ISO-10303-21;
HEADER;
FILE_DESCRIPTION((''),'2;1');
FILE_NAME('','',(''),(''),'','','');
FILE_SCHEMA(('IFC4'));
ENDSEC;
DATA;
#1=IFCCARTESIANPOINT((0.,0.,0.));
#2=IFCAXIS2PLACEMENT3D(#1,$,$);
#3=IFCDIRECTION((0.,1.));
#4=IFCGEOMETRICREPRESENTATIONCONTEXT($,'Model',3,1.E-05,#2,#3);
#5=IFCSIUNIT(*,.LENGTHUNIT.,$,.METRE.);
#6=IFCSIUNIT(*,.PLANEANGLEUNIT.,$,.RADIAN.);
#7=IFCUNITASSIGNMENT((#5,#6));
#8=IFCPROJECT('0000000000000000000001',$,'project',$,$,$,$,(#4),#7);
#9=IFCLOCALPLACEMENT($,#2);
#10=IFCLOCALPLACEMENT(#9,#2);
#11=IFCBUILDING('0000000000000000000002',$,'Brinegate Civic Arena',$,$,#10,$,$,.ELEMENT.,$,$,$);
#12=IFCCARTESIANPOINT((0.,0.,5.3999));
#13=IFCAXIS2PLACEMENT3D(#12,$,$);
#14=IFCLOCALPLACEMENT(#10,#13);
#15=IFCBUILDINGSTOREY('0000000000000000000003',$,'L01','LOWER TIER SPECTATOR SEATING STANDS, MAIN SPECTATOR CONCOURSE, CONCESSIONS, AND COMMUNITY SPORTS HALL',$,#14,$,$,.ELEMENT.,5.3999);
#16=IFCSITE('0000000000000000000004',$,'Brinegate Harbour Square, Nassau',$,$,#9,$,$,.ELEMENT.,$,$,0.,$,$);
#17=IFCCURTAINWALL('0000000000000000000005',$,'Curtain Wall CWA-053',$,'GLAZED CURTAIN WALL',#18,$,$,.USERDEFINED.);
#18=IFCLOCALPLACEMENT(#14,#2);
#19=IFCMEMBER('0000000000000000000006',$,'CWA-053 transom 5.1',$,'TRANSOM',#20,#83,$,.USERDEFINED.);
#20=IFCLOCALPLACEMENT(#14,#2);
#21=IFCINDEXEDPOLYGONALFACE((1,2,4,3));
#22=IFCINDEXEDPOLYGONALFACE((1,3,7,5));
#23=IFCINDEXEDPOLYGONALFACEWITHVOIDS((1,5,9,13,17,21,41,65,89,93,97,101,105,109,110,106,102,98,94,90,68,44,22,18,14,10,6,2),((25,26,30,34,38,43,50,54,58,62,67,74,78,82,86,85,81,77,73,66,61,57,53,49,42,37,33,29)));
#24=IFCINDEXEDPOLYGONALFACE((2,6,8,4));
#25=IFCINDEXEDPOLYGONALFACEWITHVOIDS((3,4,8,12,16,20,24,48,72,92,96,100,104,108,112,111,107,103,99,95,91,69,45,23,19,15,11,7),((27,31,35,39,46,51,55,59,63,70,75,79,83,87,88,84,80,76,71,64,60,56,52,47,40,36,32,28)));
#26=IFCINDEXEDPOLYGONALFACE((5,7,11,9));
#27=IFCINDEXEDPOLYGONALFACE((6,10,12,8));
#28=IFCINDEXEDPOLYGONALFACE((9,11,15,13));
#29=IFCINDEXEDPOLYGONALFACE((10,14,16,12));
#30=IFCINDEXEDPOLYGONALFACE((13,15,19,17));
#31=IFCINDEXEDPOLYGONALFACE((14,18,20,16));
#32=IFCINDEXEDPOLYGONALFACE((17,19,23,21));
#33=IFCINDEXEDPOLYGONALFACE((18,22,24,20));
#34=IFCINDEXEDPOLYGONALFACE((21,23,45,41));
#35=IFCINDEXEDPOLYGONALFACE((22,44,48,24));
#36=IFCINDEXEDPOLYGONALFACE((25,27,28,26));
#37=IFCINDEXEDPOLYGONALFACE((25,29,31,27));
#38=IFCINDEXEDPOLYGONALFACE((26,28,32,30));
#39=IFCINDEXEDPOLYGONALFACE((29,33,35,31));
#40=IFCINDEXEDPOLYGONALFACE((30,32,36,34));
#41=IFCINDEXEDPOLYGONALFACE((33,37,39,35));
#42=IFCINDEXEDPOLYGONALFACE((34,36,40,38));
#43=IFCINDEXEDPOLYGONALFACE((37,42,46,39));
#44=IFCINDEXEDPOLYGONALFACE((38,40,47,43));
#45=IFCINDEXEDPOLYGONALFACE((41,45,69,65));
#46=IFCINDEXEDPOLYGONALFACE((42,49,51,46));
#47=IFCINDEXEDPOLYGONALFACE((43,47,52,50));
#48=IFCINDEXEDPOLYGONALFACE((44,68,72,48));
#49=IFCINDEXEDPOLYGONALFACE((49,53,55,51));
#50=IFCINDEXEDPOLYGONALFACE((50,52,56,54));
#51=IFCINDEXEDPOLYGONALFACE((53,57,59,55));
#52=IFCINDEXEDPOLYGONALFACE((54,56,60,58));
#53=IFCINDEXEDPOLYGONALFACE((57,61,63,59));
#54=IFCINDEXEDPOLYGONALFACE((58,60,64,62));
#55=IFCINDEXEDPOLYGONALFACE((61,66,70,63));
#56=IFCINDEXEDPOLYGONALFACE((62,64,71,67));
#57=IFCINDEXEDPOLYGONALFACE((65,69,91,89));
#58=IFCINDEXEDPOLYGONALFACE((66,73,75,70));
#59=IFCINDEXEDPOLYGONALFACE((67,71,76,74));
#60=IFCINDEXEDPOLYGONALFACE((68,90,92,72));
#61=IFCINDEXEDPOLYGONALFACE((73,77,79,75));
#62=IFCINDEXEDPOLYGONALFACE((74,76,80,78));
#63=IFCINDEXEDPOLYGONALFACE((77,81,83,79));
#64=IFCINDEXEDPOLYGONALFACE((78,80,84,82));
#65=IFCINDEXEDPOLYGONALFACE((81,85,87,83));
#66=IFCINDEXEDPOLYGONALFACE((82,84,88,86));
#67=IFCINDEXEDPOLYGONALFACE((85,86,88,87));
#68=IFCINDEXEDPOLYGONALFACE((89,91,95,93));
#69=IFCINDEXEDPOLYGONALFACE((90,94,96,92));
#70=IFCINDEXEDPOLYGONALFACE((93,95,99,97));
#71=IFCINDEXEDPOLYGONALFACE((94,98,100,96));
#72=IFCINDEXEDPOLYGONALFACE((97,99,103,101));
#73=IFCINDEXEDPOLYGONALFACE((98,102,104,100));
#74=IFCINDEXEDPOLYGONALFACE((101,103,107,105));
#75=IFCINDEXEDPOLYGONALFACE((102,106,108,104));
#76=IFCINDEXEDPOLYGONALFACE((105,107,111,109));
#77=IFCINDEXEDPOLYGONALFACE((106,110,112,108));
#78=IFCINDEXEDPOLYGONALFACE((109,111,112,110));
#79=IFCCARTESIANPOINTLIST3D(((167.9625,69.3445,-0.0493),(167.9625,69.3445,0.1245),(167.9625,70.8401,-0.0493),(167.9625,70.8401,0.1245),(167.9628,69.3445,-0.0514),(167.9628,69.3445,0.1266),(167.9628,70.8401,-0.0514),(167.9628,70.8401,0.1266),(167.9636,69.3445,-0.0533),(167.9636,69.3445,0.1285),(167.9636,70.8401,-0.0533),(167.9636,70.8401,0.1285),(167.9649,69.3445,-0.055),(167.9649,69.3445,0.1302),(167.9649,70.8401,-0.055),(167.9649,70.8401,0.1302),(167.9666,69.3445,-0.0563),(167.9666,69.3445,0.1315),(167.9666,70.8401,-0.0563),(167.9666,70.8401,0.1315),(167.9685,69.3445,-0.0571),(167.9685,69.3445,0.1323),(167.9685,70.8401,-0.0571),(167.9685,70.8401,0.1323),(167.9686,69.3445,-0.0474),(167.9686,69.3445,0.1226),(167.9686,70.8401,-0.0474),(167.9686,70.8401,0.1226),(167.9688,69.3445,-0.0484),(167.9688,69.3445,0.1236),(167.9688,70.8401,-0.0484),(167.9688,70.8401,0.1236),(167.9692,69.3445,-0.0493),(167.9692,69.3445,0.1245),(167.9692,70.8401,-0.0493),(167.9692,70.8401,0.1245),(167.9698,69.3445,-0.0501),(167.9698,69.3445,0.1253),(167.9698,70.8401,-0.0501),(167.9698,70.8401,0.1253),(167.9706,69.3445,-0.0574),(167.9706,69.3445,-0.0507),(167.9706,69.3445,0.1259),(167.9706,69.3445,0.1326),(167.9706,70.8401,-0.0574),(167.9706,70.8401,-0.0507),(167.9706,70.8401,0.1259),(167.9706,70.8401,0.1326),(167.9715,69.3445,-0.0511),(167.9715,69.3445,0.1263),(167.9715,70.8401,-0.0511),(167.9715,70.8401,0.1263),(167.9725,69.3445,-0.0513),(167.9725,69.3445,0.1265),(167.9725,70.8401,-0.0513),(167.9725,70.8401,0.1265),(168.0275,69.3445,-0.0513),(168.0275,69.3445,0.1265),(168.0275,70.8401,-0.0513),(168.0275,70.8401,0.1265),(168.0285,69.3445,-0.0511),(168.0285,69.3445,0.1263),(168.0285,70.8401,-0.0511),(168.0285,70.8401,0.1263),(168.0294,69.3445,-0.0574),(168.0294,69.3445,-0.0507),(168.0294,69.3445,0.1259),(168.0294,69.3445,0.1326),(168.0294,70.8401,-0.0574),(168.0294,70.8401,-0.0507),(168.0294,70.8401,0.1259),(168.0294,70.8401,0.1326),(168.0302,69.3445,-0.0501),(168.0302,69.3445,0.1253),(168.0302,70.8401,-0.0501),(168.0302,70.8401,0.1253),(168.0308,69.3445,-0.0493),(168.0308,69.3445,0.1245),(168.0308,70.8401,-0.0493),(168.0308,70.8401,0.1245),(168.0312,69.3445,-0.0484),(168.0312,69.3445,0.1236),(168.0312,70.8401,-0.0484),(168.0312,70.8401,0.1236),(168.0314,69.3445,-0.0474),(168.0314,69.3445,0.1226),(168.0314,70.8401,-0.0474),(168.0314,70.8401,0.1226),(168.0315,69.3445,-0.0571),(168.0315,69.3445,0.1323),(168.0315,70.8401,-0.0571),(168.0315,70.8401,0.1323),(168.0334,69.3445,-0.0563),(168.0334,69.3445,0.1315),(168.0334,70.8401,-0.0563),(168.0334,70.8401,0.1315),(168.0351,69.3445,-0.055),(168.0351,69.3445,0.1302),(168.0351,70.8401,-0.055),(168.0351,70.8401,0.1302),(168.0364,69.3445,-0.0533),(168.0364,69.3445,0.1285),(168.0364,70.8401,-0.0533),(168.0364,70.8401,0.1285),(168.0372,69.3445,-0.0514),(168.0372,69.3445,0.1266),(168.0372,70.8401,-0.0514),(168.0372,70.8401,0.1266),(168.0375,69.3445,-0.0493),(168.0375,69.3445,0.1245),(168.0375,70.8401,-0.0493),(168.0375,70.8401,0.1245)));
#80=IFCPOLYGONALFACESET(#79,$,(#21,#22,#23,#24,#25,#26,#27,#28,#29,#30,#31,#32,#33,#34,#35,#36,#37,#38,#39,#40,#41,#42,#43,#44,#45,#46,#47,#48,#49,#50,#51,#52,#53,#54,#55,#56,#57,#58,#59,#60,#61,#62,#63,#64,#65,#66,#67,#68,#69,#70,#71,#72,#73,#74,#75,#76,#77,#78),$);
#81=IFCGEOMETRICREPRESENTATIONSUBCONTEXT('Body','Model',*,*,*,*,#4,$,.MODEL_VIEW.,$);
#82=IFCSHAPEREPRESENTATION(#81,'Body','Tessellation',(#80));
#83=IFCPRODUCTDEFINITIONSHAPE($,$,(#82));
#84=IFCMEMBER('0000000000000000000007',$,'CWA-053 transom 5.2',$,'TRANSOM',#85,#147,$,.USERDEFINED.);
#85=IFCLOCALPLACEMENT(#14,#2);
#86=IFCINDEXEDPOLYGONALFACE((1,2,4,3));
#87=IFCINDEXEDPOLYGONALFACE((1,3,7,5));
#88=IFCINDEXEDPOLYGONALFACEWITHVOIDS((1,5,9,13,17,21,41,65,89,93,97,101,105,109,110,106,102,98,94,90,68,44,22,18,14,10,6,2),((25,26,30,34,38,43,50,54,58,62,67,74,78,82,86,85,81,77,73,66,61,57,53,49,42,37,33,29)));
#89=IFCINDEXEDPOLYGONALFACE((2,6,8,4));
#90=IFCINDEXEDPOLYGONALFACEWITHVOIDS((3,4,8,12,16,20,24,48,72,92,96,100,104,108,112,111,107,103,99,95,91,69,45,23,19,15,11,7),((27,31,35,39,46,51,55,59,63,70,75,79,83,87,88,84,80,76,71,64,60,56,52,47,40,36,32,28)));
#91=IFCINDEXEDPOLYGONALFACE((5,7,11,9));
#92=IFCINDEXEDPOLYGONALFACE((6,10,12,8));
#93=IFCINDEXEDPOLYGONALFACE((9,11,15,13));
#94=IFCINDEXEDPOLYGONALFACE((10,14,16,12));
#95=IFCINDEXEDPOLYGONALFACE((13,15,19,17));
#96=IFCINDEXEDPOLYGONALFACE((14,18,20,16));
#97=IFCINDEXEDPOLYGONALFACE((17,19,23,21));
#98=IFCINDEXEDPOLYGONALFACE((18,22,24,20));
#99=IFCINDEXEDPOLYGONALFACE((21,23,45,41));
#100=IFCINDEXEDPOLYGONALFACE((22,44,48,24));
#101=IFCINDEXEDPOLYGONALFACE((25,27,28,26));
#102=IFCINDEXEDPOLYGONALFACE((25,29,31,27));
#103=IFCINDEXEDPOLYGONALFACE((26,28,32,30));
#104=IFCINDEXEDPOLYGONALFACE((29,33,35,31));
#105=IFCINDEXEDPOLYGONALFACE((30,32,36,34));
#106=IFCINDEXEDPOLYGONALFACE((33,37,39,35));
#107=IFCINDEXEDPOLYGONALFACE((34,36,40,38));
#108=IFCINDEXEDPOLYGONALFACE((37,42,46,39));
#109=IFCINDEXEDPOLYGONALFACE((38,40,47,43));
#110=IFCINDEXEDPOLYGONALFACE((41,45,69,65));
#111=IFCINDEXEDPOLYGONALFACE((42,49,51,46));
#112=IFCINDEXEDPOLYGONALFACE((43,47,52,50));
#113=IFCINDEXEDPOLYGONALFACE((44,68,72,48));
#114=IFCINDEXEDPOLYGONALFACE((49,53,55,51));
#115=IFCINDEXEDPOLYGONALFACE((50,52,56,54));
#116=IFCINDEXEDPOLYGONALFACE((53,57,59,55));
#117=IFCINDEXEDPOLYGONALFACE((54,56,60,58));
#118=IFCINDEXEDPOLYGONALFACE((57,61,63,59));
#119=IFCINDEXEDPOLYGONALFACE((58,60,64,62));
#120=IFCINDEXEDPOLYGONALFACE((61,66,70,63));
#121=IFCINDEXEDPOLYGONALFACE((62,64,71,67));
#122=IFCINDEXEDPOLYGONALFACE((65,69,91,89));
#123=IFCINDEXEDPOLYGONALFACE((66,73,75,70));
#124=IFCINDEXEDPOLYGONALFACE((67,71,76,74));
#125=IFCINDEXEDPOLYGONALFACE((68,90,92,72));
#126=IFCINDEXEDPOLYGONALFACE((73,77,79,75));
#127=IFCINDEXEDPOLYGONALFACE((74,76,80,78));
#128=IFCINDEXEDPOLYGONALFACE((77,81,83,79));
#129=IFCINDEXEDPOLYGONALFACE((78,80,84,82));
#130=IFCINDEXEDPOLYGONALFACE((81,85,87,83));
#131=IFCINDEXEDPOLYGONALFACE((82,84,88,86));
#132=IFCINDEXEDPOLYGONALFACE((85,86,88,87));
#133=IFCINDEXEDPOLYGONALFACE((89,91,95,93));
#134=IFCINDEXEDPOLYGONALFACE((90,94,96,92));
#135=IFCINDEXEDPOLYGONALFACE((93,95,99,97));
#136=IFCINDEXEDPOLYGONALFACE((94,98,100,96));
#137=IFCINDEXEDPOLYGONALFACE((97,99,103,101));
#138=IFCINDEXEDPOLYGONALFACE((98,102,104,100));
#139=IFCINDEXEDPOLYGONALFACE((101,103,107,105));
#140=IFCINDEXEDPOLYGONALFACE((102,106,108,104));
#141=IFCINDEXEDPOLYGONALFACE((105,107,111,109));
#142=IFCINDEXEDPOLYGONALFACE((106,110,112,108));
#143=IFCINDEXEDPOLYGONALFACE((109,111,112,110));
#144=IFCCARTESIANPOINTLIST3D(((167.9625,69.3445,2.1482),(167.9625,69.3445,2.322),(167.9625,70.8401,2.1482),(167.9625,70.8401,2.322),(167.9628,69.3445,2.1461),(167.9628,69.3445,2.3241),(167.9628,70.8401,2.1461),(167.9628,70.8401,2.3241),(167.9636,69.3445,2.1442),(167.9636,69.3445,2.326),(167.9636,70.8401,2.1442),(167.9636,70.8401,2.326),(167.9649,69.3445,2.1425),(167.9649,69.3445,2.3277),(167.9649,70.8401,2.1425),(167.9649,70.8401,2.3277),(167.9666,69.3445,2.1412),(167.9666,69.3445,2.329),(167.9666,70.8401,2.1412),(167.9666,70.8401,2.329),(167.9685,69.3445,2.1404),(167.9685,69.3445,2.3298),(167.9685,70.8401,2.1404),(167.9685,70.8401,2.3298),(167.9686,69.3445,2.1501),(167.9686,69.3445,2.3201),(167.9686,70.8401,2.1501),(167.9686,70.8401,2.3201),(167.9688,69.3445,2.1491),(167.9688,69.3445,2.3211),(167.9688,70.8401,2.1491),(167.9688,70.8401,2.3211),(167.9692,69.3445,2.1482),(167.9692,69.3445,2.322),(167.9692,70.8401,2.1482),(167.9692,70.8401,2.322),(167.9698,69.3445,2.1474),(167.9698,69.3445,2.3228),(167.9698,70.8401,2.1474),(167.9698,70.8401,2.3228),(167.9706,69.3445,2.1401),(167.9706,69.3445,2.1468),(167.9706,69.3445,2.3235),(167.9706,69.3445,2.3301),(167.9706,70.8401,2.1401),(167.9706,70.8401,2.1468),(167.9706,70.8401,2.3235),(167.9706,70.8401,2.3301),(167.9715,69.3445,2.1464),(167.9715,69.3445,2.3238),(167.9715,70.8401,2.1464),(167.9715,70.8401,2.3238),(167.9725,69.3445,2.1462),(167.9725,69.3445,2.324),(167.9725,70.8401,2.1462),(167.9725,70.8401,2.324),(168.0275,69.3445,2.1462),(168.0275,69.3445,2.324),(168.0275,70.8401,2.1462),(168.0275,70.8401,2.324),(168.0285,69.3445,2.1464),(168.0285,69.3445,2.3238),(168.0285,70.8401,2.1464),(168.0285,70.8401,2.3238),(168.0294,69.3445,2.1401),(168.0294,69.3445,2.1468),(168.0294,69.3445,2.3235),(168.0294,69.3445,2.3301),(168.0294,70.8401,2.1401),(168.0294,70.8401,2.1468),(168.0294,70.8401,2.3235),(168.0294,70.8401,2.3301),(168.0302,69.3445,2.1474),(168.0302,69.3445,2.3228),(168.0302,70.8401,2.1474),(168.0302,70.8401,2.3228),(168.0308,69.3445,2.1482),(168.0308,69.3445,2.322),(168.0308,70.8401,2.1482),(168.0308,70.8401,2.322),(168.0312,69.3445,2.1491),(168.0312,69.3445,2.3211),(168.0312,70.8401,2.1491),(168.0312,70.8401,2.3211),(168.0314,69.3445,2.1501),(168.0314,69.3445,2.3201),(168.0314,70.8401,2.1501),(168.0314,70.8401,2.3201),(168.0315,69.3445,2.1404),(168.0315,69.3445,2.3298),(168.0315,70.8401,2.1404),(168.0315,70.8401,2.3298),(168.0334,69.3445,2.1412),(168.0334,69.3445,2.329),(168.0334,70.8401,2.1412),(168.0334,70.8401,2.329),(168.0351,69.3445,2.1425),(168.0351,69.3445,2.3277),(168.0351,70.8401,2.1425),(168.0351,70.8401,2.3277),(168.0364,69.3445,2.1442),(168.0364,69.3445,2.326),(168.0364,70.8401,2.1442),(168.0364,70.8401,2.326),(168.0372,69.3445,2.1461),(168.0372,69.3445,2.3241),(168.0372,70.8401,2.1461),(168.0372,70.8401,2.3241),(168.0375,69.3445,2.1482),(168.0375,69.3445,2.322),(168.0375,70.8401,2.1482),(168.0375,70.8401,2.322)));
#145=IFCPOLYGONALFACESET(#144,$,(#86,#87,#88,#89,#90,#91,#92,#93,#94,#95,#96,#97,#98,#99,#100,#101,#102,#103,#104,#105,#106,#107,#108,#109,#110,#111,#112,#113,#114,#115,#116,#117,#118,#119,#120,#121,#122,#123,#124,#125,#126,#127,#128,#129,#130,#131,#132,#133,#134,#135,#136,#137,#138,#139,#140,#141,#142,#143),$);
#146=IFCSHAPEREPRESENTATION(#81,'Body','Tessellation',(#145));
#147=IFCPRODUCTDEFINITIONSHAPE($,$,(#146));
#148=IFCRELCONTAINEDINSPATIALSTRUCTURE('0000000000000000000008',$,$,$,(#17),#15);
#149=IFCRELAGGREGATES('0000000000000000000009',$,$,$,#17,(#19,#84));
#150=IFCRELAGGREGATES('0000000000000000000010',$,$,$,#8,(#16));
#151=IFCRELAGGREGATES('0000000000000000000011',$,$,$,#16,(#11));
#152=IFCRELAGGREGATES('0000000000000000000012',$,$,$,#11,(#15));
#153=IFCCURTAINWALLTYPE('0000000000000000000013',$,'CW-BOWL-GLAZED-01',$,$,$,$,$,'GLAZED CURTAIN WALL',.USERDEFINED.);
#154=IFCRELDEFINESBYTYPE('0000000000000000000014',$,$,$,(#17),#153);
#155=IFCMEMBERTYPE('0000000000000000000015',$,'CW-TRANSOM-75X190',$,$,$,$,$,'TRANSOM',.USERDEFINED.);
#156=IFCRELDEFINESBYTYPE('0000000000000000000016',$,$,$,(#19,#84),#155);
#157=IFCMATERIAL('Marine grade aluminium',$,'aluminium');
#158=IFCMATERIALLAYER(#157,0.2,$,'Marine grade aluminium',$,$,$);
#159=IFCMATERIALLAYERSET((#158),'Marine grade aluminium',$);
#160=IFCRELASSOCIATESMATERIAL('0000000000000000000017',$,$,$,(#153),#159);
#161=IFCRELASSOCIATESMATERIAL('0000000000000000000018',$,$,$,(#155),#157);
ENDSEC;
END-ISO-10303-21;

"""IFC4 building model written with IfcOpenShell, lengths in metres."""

from ifc_helpers import new_model, si_unit, direction, frame, origin, origin_2d, place, context, subcontext, project, spatial, hollow_rectangle, extrude, material, layer, layer_set, material_profile, profile_set, type_object, element, aggregate, save


model = new_model("IFC4")

# Units and contexts
model_context = context("Model", 3, precision=1e-05, world=origin(), true_north=direction((0.0, 1.0)))
body_context = subcontext(model_context, "Body", "Model", "MODEL_VIEW")
ifc_project = project(units=[si_unit("LENGTHUNIT", "METRE"), si_unit("PLANEANGLEUNIT", "RADIAN")], contexts=[model_context])

# Site, building, storey
site_placement = place(None, origin())
site = spatial("IfcSite", under=ifc_project, at=site_placement, Name="Brinegate Harbour Square, Nassau", CompositionType="ELEMENT", RefElevation=0.0)
building_placement = place(site_placement, origin())
building = spatial("IfcBuilding", under=site, at=building_placement, Name="Brinegate Civic Arena", CompositionType="ELEMENT")
storey_placement = place(building_placement, frame((0.0, 0.0, 5.3999)))
storey = spatial("IfcBuildingStorey", under=building, at=storey_placement, Name="L01", Description="LOWER TIER SPECTATOR SEATING STANDS, MAIN SPECTATOR CONCOURSE, CONCESSIONS, AND COMMUNITY SPORTS HALL", CompositionType="ELEMENT", Elevation=5.3999)

# Shared definitions
ifc_material_1 = material(Name="Marine grade aluminium", Category="aluminium")
ifc_layer_1 = layer(ifc_material_1, 0.2, Name="Marine grade aluminium")
ifc_layer_set_1 = layer_set([ifc_layer_1], Name="Marine grade aluminium")
curtain_wall_type = type_object("IfcCurtainWallType", Name="CW-BOWL-GLAZED-01", ElementType="GLAZED CURTAIN WALL", PredefinedType="USERDEFINED", material=ifc_layer_set_1)

# Curtain wall
curtain_wall_1_placement = place(storey_placement, origin())
curtain_wall_1 = element("IfcCurtainWall", 1, at=curtain_wall_1_placement, inside=storey, type_object=curtain_wall_type, Name="Curtain Wall CWA-053", ObjectType="GLAZED CURTAIN WALL", PredefinedType="USERDEFINED")

# Members
ifc_material_profile_1 = material_profile(ifc_material_1, hollow_rectangle(XDim=0.075, YDim=0.1899, WallThickness=0.0061, InnerFilletRadius=0.0039, OuterFilletRadius=0.0081, at=origin_2d()), Name="TRN75X190")
ifc_profile_set_1 = profile_set([ifc_material_profile_1], Name="Marine grade aluminium")
member_type_1 = type_object("IfcMemberType", Name="CW-TRANSOM-75X190", ElementType="TRANSOM", PredefinedType="USERDEFINED", material=ifc_profile_set_1)
member_1_placement = place(storey_placement, frame((168.0, 69.3445, 0.0376), z_axis=(0.0, 1.0, 0.0), x_axis=(-1.0, 0.0, 0.0)))
member_1 = element("IfcMember", 2, at=member_1_placement, type_object=member_type_1, Name="CWA-053 transom 5.1", ObjectType="TRANSOM", PredefinedType="USERDEFINED", context=body_context, shape_type="SweptSolid", body=[
    extrude(hollow_rectangle(XDim=0.075, YDim=0.1899, WallThickness=0.0061, InnerFilletRadius=0.0039, OuterFilletRadius=0.0081, at=origin_2d()), origin(), (0.0, 0.0, 1.0), 1.4956),
])
member_2_placement = place(storey_placement, frame((168.0, 69.3445, 2.2351), z_axis=(0.0, 1.0, 0.0), x_axis=(-1.0, 0.0, 0.0)))
member_2 = element("IfcMember", 3, at=member_2_placement, type_object=member_type_1, Name="CWA-053 transom 5.2", ObjectType="TRANSOM", PredefinedType="USERDEFINED", context=body_context, shape_type="SweptSolid", body=[
    extrude(hollow_rectangle(XDim=0.075, YDim=0.1899, WallThickness=0.0061, InnerFilletRadius=0.0039, OuterFilletRadius=0.0081, at=origin_2d()), origin(), (0.0, 0.0, 1.0), 1.4956),
])

aggregate(curtain_wall_1, [member_1, member_2])

save(model, "model.ifc")
